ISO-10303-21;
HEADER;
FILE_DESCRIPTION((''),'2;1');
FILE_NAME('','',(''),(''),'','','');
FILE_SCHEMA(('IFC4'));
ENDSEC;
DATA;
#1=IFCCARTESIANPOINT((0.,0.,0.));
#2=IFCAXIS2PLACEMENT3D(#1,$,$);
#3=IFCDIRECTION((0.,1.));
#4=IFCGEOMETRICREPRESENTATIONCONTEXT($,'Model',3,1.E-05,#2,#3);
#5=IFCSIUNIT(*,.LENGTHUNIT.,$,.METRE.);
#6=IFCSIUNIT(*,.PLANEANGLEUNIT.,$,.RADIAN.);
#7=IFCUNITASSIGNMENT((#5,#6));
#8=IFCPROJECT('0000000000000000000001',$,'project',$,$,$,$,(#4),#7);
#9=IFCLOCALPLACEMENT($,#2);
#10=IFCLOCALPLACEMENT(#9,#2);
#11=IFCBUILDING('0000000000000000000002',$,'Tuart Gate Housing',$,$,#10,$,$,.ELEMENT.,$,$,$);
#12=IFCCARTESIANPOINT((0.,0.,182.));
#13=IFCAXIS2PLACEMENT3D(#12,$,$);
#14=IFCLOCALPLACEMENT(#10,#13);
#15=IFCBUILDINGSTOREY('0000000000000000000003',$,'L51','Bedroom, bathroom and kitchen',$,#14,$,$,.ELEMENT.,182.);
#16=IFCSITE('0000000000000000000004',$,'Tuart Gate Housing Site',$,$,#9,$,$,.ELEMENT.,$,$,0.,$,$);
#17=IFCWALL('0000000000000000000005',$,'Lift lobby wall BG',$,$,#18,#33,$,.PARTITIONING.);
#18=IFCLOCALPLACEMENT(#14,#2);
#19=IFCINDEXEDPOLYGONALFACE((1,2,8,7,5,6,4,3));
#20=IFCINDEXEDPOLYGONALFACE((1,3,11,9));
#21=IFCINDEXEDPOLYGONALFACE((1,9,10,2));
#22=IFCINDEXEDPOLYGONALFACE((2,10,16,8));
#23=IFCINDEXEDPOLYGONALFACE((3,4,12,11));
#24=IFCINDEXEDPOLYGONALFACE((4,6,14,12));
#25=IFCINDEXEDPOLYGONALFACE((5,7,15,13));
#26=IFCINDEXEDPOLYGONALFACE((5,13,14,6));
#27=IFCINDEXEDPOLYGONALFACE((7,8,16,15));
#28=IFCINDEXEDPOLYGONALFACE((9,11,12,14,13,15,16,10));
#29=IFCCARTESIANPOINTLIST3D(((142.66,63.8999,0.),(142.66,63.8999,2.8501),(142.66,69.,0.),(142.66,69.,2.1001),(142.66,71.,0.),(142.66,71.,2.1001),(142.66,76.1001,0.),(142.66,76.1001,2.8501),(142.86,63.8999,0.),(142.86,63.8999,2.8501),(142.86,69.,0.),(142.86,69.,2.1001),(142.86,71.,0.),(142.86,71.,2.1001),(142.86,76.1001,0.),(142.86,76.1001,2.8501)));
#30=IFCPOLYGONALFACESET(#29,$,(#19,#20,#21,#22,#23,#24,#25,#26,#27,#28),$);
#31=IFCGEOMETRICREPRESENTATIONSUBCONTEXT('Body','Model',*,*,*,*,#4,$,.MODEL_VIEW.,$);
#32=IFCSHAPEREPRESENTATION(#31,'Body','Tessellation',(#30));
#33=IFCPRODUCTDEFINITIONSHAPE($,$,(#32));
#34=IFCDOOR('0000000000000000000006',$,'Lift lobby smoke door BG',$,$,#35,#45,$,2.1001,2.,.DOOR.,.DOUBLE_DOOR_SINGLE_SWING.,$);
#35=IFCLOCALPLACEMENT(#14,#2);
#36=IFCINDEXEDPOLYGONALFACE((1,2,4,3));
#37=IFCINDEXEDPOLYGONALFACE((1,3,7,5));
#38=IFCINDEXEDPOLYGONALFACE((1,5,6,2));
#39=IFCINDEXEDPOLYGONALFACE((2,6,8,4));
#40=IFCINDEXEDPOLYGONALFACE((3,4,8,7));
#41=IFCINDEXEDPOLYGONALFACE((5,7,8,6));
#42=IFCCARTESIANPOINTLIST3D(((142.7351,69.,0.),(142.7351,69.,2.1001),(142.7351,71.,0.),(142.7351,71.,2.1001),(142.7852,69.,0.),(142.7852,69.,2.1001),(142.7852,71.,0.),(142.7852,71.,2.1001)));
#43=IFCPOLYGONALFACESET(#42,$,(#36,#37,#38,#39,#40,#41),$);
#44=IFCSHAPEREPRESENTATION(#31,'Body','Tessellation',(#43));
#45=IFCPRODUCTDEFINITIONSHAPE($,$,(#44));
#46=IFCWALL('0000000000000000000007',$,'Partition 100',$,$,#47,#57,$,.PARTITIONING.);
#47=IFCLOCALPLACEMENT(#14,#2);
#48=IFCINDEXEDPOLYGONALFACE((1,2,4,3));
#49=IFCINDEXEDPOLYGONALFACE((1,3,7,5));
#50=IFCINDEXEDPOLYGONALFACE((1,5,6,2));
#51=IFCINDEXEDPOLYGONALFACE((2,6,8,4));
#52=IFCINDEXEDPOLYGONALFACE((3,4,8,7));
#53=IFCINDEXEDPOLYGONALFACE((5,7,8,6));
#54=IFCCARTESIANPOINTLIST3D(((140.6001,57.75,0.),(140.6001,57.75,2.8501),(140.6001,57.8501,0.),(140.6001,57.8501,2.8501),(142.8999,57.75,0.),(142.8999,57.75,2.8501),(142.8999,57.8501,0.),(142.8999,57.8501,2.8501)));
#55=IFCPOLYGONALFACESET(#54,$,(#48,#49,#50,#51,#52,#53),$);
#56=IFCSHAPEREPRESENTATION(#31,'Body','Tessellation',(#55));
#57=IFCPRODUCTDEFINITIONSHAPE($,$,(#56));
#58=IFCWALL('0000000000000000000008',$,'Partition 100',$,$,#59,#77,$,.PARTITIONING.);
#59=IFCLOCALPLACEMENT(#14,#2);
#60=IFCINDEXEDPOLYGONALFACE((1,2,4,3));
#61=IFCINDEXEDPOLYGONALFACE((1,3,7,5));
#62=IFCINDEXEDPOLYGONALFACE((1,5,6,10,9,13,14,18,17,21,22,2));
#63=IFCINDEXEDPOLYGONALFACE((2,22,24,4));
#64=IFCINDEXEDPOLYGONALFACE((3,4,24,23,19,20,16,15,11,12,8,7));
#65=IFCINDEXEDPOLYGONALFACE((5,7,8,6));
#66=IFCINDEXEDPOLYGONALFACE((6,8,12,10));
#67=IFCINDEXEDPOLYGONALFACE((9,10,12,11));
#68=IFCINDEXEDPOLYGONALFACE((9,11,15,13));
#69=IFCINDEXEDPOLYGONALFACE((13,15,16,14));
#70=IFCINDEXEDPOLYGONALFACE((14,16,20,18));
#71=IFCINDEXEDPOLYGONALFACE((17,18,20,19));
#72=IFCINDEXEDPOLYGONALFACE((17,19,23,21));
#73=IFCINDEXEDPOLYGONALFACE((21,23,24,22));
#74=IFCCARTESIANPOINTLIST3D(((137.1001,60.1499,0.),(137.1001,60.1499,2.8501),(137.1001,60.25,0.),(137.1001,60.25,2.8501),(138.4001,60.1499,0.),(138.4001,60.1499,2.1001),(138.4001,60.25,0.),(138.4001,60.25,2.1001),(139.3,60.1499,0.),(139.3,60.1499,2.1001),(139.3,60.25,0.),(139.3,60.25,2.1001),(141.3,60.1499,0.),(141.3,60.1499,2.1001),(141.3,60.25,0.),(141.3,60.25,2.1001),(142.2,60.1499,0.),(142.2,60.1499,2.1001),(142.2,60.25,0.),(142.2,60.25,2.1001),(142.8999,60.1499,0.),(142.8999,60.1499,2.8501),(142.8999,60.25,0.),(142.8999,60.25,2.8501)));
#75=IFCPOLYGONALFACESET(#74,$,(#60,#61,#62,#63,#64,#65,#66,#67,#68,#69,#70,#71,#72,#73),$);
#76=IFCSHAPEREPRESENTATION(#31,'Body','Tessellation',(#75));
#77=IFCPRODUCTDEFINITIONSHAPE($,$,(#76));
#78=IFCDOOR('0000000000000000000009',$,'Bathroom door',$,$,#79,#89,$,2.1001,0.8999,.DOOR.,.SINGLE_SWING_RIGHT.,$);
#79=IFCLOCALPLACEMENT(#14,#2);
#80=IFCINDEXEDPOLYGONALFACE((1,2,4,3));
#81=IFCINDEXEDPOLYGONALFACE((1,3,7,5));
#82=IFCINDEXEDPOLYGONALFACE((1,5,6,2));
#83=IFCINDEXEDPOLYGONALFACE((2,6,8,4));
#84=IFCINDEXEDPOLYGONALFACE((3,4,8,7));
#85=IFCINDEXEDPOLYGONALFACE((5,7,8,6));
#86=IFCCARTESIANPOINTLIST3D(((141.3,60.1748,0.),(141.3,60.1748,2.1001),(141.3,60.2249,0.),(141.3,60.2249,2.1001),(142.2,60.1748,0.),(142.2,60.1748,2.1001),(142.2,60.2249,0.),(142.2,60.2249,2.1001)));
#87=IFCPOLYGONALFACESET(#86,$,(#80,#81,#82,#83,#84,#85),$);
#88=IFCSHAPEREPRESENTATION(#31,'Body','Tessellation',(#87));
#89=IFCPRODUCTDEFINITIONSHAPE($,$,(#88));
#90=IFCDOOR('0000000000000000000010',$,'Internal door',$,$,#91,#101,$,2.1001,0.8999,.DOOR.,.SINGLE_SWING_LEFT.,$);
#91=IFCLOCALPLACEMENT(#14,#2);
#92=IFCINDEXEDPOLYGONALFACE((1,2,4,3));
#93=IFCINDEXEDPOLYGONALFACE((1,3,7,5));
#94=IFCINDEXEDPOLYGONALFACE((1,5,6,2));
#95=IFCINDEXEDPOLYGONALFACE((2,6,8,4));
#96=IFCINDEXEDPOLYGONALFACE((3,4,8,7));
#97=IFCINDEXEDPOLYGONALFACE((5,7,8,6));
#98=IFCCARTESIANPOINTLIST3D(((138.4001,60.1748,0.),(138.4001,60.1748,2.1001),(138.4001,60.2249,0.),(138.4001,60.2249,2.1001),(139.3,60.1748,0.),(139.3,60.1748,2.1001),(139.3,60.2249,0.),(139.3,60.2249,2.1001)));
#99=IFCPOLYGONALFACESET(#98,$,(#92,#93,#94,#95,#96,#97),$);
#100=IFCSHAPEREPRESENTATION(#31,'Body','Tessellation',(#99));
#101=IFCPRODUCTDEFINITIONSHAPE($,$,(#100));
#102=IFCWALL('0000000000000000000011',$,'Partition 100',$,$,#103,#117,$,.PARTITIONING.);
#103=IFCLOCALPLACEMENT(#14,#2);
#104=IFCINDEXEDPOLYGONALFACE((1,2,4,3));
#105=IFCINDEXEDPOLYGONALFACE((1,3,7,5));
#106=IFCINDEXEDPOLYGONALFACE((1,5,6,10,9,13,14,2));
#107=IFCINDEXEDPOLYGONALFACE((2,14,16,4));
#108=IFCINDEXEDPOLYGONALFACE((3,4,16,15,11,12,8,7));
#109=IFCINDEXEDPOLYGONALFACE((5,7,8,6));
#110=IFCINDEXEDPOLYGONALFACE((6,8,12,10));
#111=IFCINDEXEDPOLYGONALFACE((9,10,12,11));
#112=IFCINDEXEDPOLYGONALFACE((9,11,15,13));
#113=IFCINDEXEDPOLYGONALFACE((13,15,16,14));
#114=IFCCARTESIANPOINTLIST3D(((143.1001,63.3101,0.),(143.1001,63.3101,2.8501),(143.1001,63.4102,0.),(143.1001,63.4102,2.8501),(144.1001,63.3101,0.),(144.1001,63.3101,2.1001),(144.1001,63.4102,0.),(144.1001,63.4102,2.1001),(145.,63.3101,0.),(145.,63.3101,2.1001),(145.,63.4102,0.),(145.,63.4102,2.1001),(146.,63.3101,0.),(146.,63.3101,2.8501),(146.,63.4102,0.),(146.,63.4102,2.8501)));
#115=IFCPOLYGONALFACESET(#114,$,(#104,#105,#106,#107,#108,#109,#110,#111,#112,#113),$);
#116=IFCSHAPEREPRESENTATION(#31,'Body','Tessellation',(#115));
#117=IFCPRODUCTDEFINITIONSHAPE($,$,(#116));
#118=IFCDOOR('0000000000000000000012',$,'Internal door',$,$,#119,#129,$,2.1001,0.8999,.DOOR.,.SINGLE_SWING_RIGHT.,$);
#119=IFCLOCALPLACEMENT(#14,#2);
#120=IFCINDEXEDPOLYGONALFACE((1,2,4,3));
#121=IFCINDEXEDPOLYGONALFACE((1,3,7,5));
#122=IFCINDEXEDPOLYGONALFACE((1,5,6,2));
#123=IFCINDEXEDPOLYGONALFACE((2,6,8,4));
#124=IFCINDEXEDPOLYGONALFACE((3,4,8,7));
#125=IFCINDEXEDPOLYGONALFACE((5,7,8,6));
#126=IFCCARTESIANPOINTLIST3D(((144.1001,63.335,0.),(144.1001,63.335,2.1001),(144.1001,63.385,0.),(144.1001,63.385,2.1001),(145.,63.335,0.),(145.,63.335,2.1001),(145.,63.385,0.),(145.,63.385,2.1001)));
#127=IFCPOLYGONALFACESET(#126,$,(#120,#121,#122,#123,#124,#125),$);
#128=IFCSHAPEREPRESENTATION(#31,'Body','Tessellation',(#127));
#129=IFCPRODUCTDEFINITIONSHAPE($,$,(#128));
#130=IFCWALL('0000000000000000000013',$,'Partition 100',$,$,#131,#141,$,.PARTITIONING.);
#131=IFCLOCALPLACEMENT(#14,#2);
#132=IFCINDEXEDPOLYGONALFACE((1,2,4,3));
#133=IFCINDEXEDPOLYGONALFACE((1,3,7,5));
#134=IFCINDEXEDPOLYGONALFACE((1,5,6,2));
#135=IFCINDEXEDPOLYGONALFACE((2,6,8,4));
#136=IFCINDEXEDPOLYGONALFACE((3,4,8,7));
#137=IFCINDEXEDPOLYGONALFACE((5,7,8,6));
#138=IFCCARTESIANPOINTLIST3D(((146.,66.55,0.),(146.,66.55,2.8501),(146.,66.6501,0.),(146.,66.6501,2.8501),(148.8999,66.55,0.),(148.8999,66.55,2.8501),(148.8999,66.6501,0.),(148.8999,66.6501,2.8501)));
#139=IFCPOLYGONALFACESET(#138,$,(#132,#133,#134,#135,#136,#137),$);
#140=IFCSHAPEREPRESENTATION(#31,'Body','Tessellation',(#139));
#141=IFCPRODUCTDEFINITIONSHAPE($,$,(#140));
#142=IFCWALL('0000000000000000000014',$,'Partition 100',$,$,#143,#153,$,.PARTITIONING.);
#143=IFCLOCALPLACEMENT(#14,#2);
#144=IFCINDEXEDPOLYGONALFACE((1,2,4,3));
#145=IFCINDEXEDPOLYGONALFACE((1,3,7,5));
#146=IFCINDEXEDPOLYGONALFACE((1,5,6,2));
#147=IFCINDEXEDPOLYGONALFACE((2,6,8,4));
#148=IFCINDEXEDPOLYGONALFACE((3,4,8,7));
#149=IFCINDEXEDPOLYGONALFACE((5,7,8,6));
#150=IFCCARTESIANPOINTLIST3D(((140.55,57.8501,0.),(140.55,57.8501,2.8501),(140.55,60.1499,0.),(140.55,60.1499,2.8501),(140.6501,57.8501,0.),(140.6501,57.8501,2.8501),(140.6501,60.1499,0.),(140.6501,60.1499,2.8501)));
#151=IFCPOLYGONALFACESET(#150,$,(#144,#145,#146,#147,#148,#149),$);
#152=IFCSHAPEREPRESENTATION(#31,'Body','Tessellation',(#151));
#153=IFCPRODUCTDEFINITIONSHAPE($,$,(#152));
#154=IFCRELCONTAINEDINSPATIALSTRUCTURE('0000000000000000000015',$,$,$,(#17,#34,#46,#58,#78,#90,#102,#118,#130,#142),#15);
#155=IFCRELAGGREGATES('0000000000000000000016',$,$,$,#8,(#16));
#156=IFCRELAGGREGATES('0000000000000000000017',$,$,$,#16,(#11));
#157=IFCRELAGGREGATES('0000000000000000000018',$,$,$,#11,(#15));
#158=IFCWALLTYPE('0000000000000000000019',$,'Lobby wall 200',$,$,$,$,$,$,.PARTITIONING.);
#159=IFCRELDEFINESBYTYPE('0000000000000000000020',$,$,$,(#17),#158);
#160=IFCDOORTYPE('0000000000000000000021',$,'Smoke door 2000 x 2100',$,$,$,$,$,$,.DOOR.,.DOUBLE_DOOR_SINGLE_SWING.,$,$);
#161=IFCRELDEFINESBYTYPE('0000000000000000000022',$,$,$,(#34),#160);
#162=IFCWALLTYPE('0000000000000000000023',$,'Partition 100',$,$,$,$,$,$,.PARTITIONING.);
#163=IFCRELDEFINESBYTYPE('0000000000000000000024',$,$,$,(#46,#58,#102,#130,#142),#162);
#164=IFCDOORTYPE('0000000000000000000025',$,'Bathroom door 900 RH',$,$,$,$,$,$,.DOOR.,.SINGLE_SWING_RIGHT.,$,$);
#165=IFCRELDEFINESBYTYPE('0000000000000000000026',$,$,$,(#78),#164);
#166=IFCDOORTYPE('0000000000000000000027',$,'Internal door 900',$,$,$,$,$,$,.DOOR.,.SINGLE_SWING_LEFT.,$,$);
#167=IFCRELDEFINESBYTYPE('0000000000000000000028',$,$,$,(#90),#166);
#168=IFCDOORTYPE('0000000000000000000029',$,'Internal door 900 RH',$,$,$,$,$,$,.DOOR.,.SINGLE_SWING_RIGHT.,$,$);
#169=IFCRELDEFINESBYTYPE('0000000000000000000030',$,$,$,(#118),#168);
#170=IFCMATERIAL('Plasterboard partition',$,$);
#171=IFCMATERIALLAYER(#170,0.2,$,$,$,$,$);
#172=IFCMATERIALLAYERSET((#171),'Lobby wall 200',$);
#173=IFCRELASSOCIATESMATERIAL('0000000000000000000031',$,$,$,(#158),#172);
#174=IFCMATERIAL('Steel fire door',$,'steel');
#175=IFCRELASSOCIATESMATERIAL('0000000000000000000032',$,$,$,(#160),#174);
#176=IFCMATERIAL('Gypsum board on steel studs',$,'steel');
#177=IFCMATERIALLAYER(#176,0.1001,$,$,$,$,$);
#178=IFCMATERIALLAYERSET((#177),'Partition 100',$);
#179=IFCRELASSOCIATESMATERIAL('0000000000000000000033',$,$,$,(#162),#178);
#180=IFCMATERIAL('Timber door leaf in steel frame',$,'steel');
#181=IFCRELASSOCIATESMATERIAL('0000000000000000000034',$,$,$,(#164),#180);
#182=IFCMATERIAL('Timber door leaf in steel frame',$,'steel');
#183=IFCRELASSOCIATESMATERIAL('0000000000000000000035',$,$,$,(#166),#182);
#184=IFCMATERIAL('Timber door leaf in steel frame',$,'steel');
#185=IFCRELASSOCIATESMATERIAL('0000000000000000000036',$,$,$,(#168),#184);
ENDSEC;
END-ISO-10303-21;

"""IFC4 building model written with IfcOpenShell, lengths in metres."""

from ifc_helpers import new_model, si_unit, direction, frame, frame_2d, origin, place, context, subcontext, project, spatial, rectangle, extrude, material, layer, layer_set, type_object, element, fill, save


model = new_model("IFC4")

# Units and contexts
model_context = context("Model", 3, precision=1e-05, world=origin(), true_north=direction((0.0, 1.0)))
body_context = subcontext(model_context, "Body", "Model", "MODEL_VIEW")
ifc_project = project(units=[si_unit("LENGTHUNIT", "METRE"), si_unit("PLANEANGLEUNIT", "RADIAN")], contexts=[model_context])

# Site, building, storey
site_placement = place(None, origin())
site = spatial("IfcSite", under=ifc_project, at=site_placement, Name="Tuart Gate Housing Site", CompositionType="ELEMENT", RefElevation=0.0)
building_placement = place(site_placement, origin())
building = spatial("IfcBuilding", under=site, at=building_placement, Name="Tuart Gate Housing", CompositionType="ELEMENT")
storey_placement = place(building_placement, frame((0.0, 0.0, 182.0)))
storey = spatial("IfcBuildingStorey", under=building, at=storey_placement, Name="L51", Description="Bedroom, bathroom and kitchen", CompositionType="ELEMENT", Elevation=182.0)

# Wall, opening, door
ifc_material_1 = material(Name="Plasterboard partition")
ifc_layer_1 = layer(ifc_material_1, 0.2)
ifc_layer_set_1 = layer_set([ifc_layer_1], Name="Lobby wall 200")
wall_type_1 = type_object("IfcWallType", Name="Lobby wall 200", PredefinedType="PARTITIONING", material=ifc_layer_set_1)
wall_1_placement = place(storey_placement, frame((142.76, 63.8999, 0.0), z_axis=(0.0, 0.0, 1.0), x_axis=(0.0, 1.0, 0.0)))
wall_1 = element("IfcWall", 1, at=wall_1_placement, inside=storey, type_object=wall_type_1, Name="Lift lobby wall BG", PredefinedType="PARTITIONING", context=body_context, shape_type="SweptSolid", body=[
    extrude(rectangle(XDim=12.2002, YDim=0.2, at=frame_2d((6.1001, 0.0))), origin(), (0.0, 0.0, 1.0), 2.8501),
])
opening_1_placement = place(wall_1_placement, frame((5.1001, 0.0, 0.0)))
opening_1 = element("IfcOpeningElement", 2, at=opening_1_placement, cuts=wall_1, PredefinedType="OPENING", context=body_context, shape_type="SweptSolid", body=[
    extrude(rectangle(XDim=2.0, YDim=2.1001, at=frame_2d((1.0, 1.05))), frame((0.0, 0.1099, 0.0), z_axis=(0.0, -1.0, 0.0), x_axis=(1.0, 0.0, 0.0)), (0.0, 0.0, 1.0), 0.22),
])
ifc_material_2 = material(Name="Steel fire door", Category="steel")
door_type_1 = type_object("IfcDoorType", Name="Smoke door 2000 x 2100", OperationType="DOUBLE_DOOR_SINGLE_SWING", PredefinedType="DOOR", material=ifc_material_2)
door_1_placement = place(opening_1_placement, origin())
door_1 = element("IfcDoor", 3, at=door_1_placement, inside=storey, type_object=door_type_1, Name="Lift lobby smoke door BG", OperationType="DOUBLE_DOOR_SINGLE_SWING", OverallHeight=2.1001, OverallWidth=2.0, PredefinedType="DOOR", context=body_context, shape_type="SweptSolid", body=[
    extrude(rectangle(XDim=2.0, YDim=2.1001, at=frame_2d((1.0, 1.05))), frame((0.0, 0.0249, 0.0), z_axis=(0.0, -1.0, 0.0), x_axis=(1.0, 0.0, 0.0)), (0.0, 0.0, 1.0), 0.05),
])
fill(opening_1, door_1)

# Wall
ifc_material_3 = material(Name="Gypsum board on steel studs", Category="steel")
ifc_layer_2 = layer(ifc_material_3, 0.1001)
ifc_layer_set_2 = layer_set([ifc_layer_2], Name="Partition 100")
wall_type_2 = type_object("IfcWallType", Name="Partition 100", PredefinedType="PARTITIONING", material=ifc_layer_set_2)
wall_2_placement = place(storey_placement, frame((140.6001, 57.8, 0.0), z_axis=(0.0, 0.0, 1.0), x_axis=(1.0, 0.0, 0.0)))
element("IfcWall", 4, at=wall_2_placement, inside=storey, type_object=wall_type_2, Name="Partition 100", PredefinedType="PARTITIONING", context=body_context, shape_type="SweptSolid", body=[
    extrude(rectangle(XDim=2.2998, YDim=0.1001, at=frame_2d((1.1499, 0.0))), origin(), (0.0, 0.0, 1.0), 2.8501),
])

# Wall, openings, doors
wall_3_placement = place(storey_placement, frame((137.1001, 60.2, 0.0), z_axis=(0.0, 0.0, 1.0), x_axis=(1.0, 0.0, 0.0)))
wall_3 = element("IfcWall", 5, at=wall_3_placement, inside=storey, type_object=wall_type_2, Name="Partition 100", PredefinedType="PARTITIONING", context=body_context, shape_type="SweptSolid", body=[
    extrude(rectangle(XDim=5.7998, YDim=0.1001, at=frame_2d((2.8999, 0.0))), origin(), (0.0, 0.0, 1.0), 2.8501),
])
opening_2_placement = place(wall_3_placement, frame((1.3, 0.0, 0.0)))
opening_2 = element("IfcOpeningElement", 6, at=opening_2_placement, cuts=wall_3, PredefinedType="OPENING", context=body_context, shape_type="SweptSolid", body=[
    extrude(rectangle(XDim=0.8999, YDim=2.1001, at=frame_2d((0.45, 1.05))), frame((0.0, 0.0601, 0.0), z_axis=(0.0, -1.0, 0.0), x_axis=(1.0, 0.0, 0.0)), (0.0, 0.0, 1.0), 0.1201),
])
opening_3_placement = place(wall_3_placement, frame((4.2, 0.0, 0.0)))
opening_3 = element("IfcOpeningElement", 7, at=opening_3_placement, cuts=wall_3, PredefinedType="OPENING", context=body_context, shape_type="SweptSolid", body=[
    extrude(rectangle(XDim=0.8999, YDim=2.1001, at=frame_2d((0.45, 1.05))), frame((0.0, 0.0601, 0.0), z_axis=(0.0, -1.0, 0.0), x_axis=(1.0, 0.0, 0.0)), (0.0, 0.0, 1.0), 0.1201),
])
ifc_material_4 = material(Name="Timber door leaf in steel frame", Category="steel")
door_type_2 = type_object("IfcDoorType", Name="Bathroom door 900 RH", OperationType="SINGLE_SWING_RIGHT", PredefinedType="DOOR", material=ifc_material_4)
door_2_placement = place(opening_3_placement, frame((0.8999, 0.0, 0.0), z_axis=(0.0, 0.0, 1.0), x_axis=(-1.0, 0.0, 0.0)))
door_2 = element("IfcDoor", 8, at=door_2_placement, inside=storey, type_object=door_type_2, Name="Bathroom door", OperationType="SINGLE_SWING_RIGHT", OverallHeight=2.1001, OverallWidth=0.8999, PredefinedType="DOOR", context=body_context, shape_type="SweptSolid", body=[
    extrude(rectangle(XDim=0.8999, YDim=2.1001, at=frame_2d((0.45, 1.05))), frame((0.0, 0.0251, 0.0), z_axis=(0.0, -1.0, 0.0), x_axis=(1.0, 0.0, 0.0)), (0.0, 0.0, 1.0), 0.05),
])
fill(opening_3, door_2)
ifc_material_5 = material(Name="Timber door leaf in steel frame", Category="steel")
door_type_3 = type_object("IfcDoorType", Name="Internal door 900", OperationType="SINGLE_SWING_LEFT", PredefinedType="DOOR", material=ifc_material_5)
door_3_placement = place(opening_2_placement, origin())
door_3 = element("IfcDoor", 9, at=door_3_placement, inside=storey, type_object=door_type_3, Name="Internal door", OperationType="SINGLE_SWING_LEFT", OverallHeight=2.1001, OverallWidth=0.8999, PredefinedType="DOOR", context=body_context, shape_type="SweptSolid", body=[
    extrude(rectangle(XDim=0.8999, YDim=2.1001, at=frame_2d((0.45, 1.05))), frame((0.0, 0.0249, 0.0), z_axis=(0.0, -1.0, 0.0), x_axis=(1.0, 0.0, 0.0)), (0.0, 0.0, 1.0), 0.05),
])
fill(opening_2, door_3)

# Wall, opening, door
wall_4_placement = place(storey_placement, frame((143.1001, 63.3601, 0.0), z_axis=(0.0, 0.0, 1.0), x_axis=(1.0, 0.0, 0.0)))
wall_4 = element("IfcWall", 10, at=wall_4_placement, inside=storey, type_object=wall_type_2, Name="Partition 100", PredefinedType="PARTITIONING", context=body_context, shape_type="SweptSolid", body=[
    extrude(rectangle(XDim=2.8999, YDim=0.1001, at=frame_2d((1.45, 0.0))), origin(), (0.0, 0.0, 1.0), 2.8501),
])
opening_4_placement = place(wall_4_placement, frame((1.0, 0.0, 0.0)))
opening_4 = element("IfcOpeningElement", 11, at=opening_4_placement, cuts=wall_4, PredefinedType="OPENING", context=body_context, shape_type="SweptSolid", body=[
    extrude(rectangle(XDim=0.8999, YDim=2.1001, at=frame_2d((0.45, 1.05))), frame((0.0, 0.0601, 0.0), z_axis=(0.0, -1.0, 0.0), x_axis=(1.0, 0.0, 0.0)), (0.0, 0.0, 1.0), 0.1201),
])
ifc_material_6 = material(Name="Timber door leaf in steel frame", Category="steel")
door_type_4 = type_object("IfcDoorType", Name="Internal door 900 RH", OperationType="SINGLE_SWING_RIGHT", PredefinedType="DOOR", material=ifc_material_6)
door_4_placement = place(opening_4_placement, origin())
door_4 = element("IfcDoor", 12, at=door_4_placement, inside=storey, type_object=door_type_4, Name="Internal door", OperationType="SINGLE_SWING_RIGHT", OverallHeight=2.1001, OverallWidth=0.8999, PredefinedType="DOOR", context=body_context, shape_type="SweptSolid", body=[
    extrude(rectangle(XDim=0.8999, YDim=2.1001, at=frame_2d((0.45, 1.05))), frame((0.0, 0.0249, 0.0), z_axis=(0.0, -1.0, 0.0), x_axis=(1.0, 0.0, 0.0)), (0.0, 0.0, 1.0), 0.05),
])
fill(opening_4, door_4)

# Walls
wall_5_placement = place(storey_placement, frame((146.0, 66.6001, 0.0), z_axis=(0.0, 0.0, 1.0), x_axis=(1.0, 0.0, 0.0)))
element("IfcWall", 13, at=wall_5_placement, inside=storey, type_object=wall_type_2, Name="Partition 100", PredefinedType="PARTITIONING", context=body_context, shape_type="SweptSolid", body=[
    extrude(rectangle(XDim=2.8999, YDim=0.1001, at=frame_2d((1.45, 0.0))), origin(), (0.0, 0.0, 1.0), 2.8501),
])
wall_6_placement = place(storey_placement, frame((140.6001, 57.8501, 0.0), z_axis=(0.0, 0.0, 1.0), x_axis=(0.0, 1.0, 0.0)))
element("IfcWall", 14, at=wall_6_placement, inside=storey, type_object=wall_type_2, Name="Partition 100", PredefinedType="PARTITIONING", context=body_context, shape_type="SweptSolid", body=[
    extrude(rectangle(XDim=2.2998, YDim=0.1001, at=frame_2d((1.1499, 0.0))), origin(), (0.0, 0.0, 1.0), 2.8501),
])

save(model, "model.ifc")
